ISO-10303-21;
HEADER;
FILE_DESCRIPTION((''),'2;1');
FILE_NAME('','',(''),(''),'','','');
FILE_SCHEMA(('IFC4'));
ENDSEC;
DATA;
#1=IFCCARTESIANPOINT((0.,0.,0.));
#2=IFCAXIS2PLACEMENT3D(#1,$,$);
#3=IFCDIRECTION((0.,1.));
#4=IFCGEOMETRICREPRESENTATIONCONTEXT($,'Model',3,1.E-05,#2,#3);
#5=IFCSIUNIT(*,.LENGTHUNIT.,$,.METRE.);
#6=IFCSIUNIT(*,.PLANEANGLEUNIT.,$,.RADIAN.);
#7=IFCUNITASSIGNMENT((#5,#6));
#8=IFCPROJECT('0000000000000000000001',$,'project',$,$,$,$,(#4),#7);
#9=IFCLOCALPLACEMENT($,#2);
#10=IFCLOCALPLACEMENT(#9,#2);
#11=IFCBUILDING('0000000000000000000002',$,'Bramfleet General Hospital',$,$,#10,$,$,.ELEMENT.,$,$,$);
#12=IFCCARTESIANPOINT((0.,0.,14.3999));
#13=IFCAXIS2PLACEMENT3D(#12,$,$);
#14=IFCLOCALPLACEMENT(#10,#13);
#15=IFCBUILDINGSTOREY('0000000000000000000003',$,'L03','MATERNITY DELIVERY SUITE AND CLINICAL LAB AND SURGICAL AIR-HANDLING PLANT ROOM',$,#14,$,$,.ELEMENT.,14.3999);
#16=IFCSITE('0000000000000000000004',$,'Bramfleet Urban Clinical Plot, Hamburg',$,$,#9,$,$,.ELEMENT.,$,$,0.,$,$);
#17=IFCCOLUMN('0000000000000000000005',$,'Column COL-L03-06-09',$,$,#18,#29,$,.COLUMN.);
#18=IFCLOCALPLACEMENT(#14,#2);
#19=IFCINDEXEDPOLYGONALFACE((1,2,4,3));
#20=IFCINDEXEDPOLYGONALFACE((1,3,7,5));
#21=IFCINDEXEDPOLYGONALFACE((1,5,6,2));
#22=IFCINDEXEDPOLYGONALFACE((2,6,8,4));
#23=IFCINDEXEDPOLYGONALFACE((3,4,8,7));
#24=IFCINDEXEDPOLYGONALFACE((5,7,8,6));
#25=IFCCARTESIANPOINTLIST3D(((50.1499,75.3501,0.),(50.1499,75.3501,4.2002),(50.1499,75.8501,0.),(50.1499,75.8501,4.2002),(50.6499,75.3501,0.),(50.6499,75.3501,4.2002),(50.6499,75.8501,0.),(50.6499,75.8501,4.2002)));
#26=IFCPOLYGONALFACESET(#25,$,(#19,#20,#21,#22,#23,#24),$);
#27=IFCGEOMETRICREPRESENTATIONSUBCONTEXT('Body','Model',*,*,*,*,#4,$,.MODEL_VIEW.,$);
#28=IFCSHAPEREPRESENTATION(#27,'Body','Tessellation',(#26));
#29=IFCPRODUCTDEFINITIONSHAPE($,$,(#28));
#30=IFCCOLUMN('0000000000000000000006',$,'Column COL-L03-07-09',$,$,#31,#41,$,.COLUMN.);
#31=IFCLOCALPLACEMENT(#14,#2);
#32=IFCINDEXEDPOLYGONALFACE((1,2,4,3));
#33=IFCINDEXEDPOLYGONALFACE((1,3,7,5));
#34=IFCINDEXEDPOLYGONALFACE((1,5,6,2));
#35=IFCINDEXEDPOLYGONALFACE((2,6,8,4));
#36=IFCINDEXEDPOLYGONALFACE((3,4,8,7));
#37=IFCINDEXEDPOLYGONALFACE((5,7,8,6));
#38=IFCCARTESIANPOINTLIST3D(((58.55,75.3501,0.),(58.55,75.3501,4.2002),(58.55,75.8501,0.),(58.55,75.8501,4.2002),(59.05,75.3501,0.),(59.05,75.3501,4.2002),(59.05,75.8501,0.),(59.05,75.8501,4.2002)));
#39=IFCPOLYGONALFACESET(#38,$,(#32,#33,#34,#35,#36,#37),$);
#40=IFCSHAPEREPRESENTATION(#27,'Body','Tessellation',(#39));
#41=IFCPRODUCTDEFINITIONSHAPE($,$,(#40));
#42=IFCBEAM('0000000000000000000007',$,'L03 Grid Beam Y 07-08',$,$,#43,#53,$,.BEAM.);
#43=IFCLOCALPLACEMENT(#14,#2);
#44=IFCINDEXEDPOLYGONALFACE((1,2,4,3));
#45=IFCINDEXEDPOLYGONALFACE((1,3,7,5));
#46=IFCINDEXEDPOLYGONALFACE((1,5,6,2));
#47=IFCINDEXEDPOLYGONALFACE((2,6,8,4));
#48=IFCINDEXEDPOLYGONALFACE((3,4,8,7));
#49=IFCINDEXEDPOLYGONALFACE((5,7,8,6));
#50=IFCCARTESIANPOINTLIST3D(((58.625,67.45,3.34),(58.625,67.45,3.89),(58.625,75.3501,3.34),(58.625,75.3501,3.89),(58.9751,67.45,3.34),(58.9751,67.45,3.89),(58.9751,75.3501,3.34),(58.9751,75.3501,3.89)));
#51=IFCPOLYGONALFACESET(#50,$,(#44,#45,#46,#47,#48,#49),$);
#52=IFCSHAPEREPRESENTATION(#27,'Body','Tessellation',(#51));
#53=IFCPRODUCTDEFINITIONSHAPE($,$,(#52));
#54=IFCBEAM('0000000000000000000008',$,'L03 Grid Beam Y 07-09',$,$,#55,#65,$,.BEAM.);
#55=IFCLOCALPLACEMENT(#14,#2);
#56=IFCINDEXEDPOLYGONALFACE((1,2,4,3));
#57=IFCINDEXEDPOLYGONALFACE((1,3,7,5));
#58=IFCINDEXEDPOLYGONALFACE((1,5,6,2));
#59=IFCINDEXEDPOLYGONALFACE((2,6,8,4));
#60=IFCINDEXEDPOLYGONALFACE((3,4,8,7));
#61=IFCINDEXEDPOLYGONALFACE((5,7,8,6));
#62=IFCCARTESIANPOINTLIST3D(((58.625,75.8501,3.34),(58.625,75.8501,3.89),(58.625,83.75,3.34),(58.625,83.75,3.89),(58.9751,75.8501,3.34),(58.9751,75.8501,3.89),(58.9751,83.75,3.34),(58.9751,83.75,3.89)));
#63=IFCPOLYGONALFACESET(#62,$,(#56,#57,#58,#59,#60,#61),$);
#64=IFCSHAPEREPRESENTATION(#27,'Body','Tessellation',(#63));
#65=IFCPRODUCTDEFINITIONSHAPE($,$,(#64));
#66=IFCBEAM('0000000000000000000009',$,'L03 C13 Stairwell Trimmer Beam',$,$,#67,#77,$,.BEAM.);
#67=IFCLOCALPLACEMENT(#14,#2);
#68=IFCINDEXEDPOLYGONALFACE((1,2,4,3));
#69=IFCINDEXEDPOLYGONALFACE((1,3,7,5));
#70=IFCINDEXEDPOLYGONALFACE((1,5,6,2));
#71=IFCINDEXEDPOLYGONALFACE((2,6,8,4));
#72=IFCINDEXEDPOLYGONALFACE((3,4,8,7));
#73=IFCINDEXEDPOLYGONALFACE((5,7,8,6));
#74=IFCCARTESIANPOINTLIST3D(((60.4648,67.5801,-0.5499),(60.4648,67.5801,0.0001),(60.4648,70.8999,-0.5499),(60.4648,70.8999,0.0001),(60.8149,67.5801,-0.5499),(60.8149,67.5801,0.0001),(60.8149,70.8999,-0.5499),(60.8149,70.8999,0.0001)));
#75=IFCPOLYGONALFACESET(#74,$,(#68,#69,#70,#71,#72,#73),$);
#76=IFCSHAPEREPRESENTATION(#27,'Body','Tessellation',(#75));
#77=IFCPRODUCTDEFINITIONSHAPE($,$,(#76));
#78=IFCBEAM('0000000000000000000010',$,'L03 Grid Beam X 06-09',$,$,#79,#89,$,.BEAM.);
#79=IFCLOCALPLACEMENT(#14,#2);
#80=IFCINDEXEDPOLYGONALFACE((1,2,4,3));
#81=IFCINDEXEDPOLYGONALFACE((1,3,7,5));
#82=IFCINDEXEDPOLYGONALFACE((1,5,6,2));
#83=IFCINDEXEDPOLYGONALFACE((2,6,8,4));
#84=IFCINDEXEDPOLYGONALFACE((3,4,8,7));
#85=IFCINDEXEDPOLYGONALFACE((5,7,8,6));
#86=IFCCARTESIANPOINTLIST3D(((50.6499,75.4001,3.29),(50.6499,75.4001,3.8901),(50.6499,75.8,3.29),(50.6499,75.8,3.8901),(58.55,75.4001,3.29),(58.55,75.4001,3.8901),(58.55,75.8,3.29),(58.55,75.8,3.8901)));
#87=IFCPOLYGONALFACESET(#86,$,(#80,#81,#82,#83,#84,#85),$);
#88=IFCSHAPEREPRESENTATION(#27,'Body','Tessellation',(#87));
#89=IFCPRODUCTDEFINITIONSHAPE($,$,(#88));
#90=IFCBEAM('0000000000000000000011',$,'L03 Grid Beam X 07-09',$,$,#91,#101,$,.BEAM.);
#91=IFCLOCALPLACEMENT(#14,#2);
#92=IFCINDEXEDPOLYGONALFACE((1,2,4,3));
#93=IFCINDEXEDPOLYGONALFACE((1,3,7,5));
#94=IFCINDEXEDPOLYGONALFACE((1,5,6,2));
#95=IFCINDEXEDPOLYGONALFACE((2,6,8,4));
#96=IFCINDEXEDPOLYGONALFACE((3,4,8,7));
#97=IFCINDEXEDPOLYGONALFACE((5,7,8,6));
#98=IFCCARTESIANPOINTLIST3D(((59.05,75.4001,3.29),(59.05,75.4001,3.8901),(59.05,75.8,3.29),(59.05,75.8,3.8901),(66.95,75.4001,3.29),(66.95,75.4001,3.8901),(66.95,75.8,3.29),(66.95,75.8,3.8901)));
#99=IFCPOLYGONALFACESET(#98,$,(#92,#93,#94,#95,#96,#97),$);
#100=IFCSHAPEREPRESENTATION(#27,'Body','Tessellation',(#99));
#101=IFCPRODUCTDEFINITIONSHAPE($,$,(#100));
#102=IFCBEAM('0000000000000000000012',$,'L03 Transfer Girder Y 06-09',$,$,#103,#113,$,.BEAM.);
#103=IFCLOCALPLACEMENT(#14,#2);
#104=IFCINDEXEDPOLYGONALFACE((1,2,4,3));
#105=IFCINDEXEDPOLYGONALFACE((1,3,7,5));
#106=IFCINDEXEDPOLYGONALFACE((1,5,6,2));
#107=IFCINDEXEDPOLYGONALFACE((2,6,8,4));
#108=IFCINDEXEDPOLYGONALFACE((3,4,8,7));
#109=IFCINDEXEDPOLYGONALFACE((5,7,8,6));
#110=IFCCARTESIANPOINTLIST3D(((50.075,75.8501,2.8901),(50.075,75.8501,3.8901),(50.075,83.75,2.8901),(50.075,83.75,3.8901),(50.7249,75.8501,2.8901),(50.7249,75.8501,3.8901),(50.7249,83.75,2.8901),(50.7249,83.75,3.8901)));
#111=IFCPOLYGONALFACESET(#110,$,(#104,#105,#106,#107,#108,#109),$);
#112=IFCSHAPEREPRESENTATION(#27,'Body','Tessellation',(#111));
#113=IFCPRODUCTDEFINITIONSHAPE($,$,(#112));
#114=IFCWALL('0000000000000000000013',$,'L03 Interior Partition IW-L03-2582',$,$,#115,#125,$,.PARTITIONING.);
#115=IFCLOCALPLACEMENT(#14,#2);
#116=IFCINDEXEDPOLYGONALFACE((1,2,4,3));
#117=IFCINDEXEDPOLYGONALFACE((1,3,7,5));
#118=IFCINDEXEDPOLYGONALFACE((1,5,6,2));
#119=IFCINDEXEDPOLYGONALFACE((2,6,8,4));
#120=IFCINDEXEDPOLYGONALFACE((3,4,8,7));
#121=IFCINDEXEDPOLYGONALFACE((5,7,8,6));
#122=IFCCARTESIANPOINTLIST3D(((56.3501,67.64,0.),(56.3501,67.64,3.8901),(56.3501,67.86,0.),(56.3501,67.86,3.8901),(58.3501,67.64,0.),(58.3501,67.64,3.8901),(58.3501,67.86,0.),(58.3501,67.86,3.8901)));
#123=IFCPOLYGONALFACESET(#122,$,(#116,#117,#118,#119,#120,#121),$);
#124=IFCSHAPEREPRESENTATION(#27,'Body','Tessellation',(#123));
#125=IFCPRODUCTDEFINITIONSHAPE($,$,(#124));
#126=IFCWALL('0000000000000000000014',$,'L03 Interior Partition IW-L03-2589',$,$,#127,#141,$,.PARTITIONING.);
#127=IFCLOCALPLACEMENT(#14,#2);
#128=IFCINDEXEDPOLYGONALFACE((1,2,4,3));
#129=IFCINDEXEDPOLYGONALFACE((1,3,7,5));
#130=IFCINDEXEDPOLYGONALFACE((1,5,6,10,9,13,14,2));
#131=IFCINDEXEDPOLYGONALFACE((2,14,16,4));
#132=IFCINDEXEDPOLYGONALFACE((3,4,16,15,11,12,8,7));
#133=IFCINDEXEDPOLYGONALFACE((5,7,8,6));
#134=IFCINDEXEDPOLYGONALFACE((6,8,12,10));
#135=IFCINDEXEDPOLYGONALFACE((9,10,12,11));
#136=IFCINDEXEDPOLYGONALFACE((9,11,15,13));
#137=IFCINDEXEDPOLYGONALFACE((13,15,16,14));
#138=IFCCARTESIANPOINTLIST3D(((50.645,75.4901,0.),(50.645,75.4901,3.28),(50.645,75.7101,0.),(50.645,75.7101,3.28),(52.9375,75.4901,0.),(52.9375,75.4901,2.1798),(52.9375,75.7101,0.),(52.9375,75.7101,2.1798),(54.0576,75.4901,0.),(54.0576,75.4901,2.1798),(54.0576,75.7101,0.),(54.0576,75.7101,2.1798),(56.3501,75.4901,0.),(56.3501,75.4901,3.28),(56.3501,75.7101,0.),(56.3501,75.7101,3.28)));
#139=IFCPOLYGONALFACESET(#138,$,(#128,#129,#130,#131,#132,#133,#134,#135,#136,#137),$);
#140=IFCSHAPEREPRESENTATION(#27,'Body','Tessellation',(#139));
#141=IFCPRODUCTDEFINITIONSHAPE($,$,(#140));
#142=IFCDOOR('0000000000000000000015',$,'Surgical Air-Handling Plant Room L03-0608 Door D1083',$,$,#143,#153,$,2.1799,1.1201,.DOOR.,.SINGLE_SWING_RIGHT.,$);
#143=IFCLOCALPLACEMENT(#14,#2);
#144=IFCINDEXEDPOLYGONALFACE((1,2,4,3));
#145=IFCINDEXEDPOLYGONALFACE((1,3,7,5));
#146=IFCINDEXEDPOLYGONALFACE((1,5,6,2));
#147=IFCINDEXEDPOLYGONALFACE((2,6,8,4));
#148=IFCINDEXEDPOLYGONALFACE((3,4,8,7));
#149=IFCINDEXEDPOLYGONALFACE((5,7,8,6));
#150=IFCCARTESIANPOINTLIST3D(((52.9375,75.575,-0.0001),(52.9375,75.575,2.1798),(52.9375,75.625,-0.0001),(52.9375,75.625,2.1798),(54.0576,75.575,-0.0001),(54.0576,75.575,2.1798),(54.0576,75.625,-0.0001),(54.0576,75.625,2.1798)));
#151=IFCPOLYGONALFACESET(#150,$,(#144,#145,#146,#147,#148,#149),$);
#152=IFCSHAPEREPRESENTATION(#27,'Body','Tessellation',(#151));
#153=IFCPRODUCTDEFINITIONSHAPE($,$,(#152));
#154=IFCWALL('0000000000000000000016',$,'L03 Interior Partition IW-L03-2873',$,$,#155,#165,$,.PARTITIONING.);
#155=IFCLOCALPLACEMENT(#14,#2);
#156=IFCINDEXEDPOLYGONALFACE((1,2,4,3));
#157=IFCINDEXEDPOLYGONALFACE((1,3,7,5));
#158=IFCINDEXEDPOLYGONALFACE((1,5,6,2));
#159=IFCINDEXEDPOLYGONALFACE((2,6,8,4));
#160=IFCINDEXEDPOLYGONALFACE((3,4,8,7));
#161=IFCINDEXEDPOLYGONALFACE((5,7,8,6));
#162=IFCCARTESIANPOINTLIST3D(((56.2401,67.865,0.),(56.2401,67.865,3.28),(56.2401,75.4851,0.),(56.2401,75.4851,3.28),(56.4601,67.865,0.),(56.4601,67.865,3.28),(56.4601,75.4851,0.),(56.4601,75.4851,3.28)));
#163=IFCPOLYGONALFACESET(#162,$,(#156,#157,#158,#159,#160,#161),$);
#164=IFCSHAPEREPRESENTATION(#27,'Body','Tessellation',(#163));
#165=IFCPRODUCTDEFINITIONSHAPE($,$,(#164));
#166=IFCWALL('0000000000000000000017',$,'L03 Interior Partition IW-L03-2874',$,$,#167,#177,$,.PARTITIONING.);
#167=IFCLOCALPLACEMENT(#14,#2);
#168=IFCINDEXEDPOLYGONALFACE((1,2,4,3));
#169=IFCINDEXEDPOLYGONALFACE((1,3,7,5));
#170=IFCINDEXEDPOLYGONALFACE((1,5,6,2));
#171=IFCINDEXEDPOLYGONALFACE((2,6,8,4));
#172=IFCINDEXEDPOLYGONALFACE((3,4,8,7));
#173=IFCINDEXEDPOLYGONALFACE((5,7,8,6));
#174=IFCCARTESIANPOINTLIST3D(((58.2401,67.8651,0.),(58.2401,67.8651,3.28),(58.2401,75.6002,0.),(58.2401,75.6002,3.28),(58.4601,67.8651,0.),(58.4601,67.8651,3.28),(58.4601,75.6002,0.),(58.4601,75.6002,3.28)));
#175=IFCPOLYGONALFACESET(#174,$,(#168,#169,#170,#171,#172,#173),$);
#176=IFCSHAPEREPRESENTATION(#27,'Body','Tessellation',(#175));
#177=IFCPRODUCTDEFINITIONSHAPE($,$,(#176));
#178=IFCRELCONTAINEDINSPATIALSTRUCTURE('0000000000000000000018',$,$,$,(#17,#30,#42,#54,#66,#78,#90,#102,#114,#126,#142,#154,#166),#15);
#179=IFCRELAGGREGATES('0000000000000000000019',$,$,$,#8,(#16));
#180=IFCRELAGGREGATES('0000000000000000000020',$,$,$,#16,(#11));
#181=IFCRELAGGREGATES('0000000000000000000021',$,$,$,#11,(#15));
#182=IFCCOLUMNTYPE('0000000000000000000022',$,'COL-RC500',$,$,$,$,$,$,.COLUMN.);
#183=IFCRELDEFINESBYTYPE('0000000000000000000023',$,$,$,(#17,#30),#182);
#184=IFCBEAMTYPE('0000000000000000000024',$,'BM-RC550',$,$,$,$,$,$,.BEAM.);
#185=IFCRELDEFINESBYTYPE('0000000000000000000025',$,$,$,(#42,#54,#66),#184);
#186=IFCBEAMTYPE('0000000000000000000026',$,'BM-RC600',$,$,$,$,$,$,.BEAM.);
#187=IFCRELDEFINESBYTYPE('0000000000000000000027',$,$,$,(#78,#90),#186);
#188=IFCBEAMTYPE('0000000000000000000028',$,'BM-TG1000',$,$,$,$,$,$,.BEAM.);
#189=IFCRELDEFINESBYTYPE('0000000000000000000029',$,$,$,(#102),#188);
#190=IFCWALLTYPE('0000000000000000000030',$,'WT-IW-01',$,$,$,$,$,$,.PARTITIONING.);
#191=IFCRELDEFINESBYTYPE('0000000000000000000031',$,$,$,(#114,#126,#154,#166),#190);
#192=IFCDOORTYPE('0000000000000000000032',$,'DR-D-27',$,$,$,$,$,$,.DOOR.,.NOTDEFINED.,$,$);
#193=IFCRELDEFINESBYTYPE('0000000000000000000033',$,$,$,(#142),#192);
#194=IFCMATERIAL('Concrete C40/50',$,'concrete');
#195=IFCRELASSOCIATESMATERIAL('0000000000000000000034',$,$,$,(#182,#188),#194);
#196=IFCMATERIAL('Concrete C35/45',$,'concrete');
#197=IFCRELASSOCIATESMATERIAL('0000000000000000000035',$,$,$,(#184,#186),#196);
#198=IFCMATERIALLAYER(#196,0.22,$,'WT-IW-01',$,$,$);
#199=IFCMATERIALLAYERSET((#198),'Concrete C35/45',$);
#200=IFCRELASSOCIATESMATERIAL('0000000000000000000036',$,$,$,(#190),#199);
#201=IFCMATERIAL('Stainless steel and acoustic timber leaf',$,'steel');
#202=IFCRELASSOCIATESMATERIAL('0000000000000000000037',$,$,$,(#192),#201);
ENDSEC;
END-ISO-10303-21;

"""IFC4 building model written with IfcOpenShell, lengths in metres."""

from ifc_helpers import new_model, si_unit, direction, frame, frame_2d, origin, origin_2d, place, context, subcontext, project, spatial, rectangle, extrude, material, layer, layer_set, material_profile, profile_set, type_object, element, fill, save


model = new_model("IFC4")

# Units and contexts
model_context = context("Model", 3, precision=1e-05, world=origin(), true_north=direction((0.0, 1.0)))
body_context = subcontext(model_context, "Body", "Model", "MODEL_VIEW")
ifc_project = project(units=[si_unit("LENGTHUNIT", "METRE"), si_unit("PLANEANGLEUNIT", "RADIAN")], contexts=[model_context])

# Site, building, storey
site_placement = place(None, origin())
site = spatial("IfcSite", under=ifc_project, at=site_placement, Name="Bramfleet Urban Clinical Plot, Hamburg", CompositionType="ELEMENT", RefElevation=0.0)
building_placement = place(site_placement, origin())
building = spatial("IfcBuilding", under=site, at=building_placement, Name="Bramfleet General Hospital", CompositionType="ELEMENT")
storey_placement = place(building_placement, frame((0.0, 0.0, 14.3999)))
storey = spatial("IfcBuildingStorey", under=building, at=storey_placement, Name="L03", Description="MATERNITY DELIVERY SUITE AND CLINICAL LAB AND SURGICAL AIR-HANDLING PLANT ROOM", CompositionType="ELEMENT", Elevation=14.3999)

# Columns
ifc_material_1 = material(Name="Concrete C40/50", Category="concrete")
ifc_material_profile_1 = material_profile(ifc_material_1, rectangle(XDim=0.5, YDim=0.5, at=origin_2d()), Name="RC COL 500x500")
ifc_profile_set_1 = profile_set([ifc_material_profile_1], Name="Concrete C40/50")
column_type = type_object("IfcColumnType", Name="COL-RC500", PredefinedType="COLUMN", material=ifc_profile_set_1)
for number, where, z_axis, x_axis, name in (
    (1, (50.3999, 75.6001, 0.0), (0.0, 0.0, 1.0), (1.0, 0.0, 0.0), "Column COL-L03-06-09"),
    (2, (58.8, 75.6001, 0.0), (0.0, 0.0, 1.0), (1.0, 0.0, 0.0), "Column COL-L03-07-09"),
):
    element("IfcColumn", number, at=place(storey_placement, frame(where, z_axis=z_axis, x_axis=x_axis)), inside=storey, type_object=column_type, Name=name, PredefinedType="COLUMN", context=body_context, shape_type="SweptSolid", body=[
        extrude(rectangle(XDim=0.5, YDim=0.5, at=origin_2d()), origin(), (0.0, 0.0, 1.0), 4.2002),
    ])

# Beams
ifc_material_2 = material(Name="Concrete C35/45", Category="concrete")
ifc_material_profile_2 = material_profile(ifc_material_2, rectangle(XDim=0.3501, YDim=0.55, at=origin_2d()), Name="RC BM 550x350")
ifc_profile_set_2 = profile_set([ifc_material_profile_2], Name="Concrete C35/45")
beam_type_1 = type_object("IfcBeamType", Name="BM-RC550", PredefinedType="BEAM", material=ifc_profile_set_2)
beam_1_placement = place(storey_placement, frame((58.8, 67.45, 3.615), z_axis=(0.0, 1.0, 0.0), x_axis=(-1.0, 0.0, 0.0)))
element("IfcBeam", 3, at=beam_1_placement, inside=storey, type_object=beam_type_1, Name="L03 Grid Beam Y 07-08", PredefinedType="BEAM", context=body_context, shape_type="SweptSolid", body=[
    extrude(rectangle(XDim=0.3501, YDim=0.55, at=origin_2d()), origin(), (0.0, 0.0, 1.0), 7.9001),
])
beam_2_placement = place(storey_placement, frame((58.8, 75.8501, 3.615), z_axis=(0.0, 1.0, 0.0), x_axis=(-1.0, 0.0, 0.0)))
element("IfcBeam", 4, at=beam_2_placement, inside=storey, type_object=beam_type_1, Name="L03 Grid Beam Y 07-09", PredefinedType="BEAM", context=body_context, shape_type="SweptSolid", body=[
    extrude(rectangle(XDim=0.3501, YDim=0.55, at=origin_2d()), origin(), (0.0, 0.0, 1.0), 7.8999),
])
beam_3_placement = place(storey_placement, frame((60.6399, 67.5801, -0.2749), z_axis=(0.0, 1.0, 0.0), x_axis=(-1.0, 0.0, 0.0)))
element("IfcBeam", 5, at=beam_3_placement, inside=storey, type_object=beam_type_1, Name="L03 C13 Stairwell Trimmer Beam", PredefinedType="BEAM", context=body_context, shape_type="SweptSolid", body=[
    extrude(rectangle(XDim=0.3501, YDim=0.55, at=origin_2d()), origin(), (0.0, 0.0, 1.0), 3.3198),
])
ifc_material_profile_3 = material_profile(ifc_material_2, rectangle(XDim=0.3999, YDim=0.6001, at=origin_2d()), Name="RC BM 600x400")
ifc_profile_set_3 = profile_set([ifc_material_profile_3], Name="Concrete C35/45")
beam_type_2 = type_object("IfcBeamType", Name="BM-RC600", PredefinedType="BEAM", material=ifc_profile_set_3)
beam_4_placement = place(storey_placement, frame((50.6499, 75.6001, 3.5901), z_axis=(1.0, 0.0, 0.0), x_axis=(0.0, 1.0, 0.0)))
element("IfcBeam", 6, at=beam_4_placement, inside=storey, type_object=beam_type_2, Name="L03 Grid Beam X 06-09", PredefinedType="BEAM", context=body_context, shape_type="SweptSolid", body=[
    extrude(rectangle(XDim=0.3999, YDim=0.6001, at=origin_2d()), origin(), (0.0, 0.0, 1.0), 7.9001),
])
beam_5_placement = place(storey_placement, frame((59.05, 75.6001, 3.5901), z_axis=(1.0, 0.0, 0.0), x_axis=(0.0, 1.0, 0.0)))
element("IfcBeam", 7, at=beam_5_placement, inside=storey, type_object=beam_type_2, Name="L03 Grid Beam X 07-09", PredefinedType="BEAM", context=body_context, shape_type="SweptSolid", body=[
    extrude(rectangle(XDim=0.3999, YDim=0.6001, at=origin_2d()), origin(), (0.0, 0.0, 1.0), 7.8999),
])
ifc_material_profile_4 = material_profile(ifc_material_1, rectangle(XDim=0.6499, YDim=1.0, at=origin_2d()), Name="RC TG 1000x650")
ifc_profile_set_4 = profile_set([ifc_material_profile_4], Name="Concrete C40/50")
beam_type_3 = type_object("IfcBeamType", Name="BM-TG1000", PredefinedType="BEAM", material=ifc_profile_set_4)
beam_6_placement = place(storey_placement, frame((50.3999, 75.8501, 3.3901), z_axis=(0.0, 1.0, 0.0), x_axis=(-1.0, 0.0, 0.0)))
element("IfcBeam", 8, at=beam_6_placement, inside=storey, type_object=beam_type_3, Name="L03 Transfer Girder Y 06-09", PredefinedType="BEAM", context=body_context, shape_type="SweptSolid", body=[
    extrude(rectangle(XDim=0.6499, YDim=1.0, at=origin_2d()), origin(), (0.0, 0.0, 1.0), 7.8999),
])

# Wall
ifc_layer_1 = layer(ifc_material_2, 0.22, Name="WT-IW-01")
ifc_layer_set_1 = layer_set([ifc_layer_1], Name="Concrete C35/45")
wall_type_1 = type_object("IfcWallType", Name="WT-IW-01", PredefinedType="PARTITIONING", material=ifc_layer_set_1)
wall_1_placement = place(storey_placement, frame((56.3501, 67.75, 0.0), z_axis=(0.0, 0.0, 1.0), x_axis=(1.0, 0.0, 0.0)))
element("IfcWall", 9, at=wall_1_placement, inside=storey, type_object=wall_type_1, Name="L03 Interior Partition IW-L03-2582", PredefinedType="PARTITIONING", context=body_context, shape_type="SweptSolid", body=[
    extrude(rectangle(XDim=2.0, YDim=0.22, at=frame_2d((1.0, 0.0))), origin(), (0.0, 0.0, 1.0), 3.8901),
])

# Wall, opening, door
wall_2_placement = place(storey_placement, frame((50.645, 75.6001, 0.0), z_axis=(0.0, 0.0, 1.0), x_axis=(1.0, 0.0, 0.0)))
wall_2 = element("IfcWall", 10, at=wall_2_placement, inside=storey, type_object=wall_type_1, Name="L03 Interior Partition IW-L03-2589", PredefinedType="PARTITIONING", context=body_context, shape_type="SweptSolid", body=[
    extrude(rectangle(XDim=5.7051, YDim=0.22, at=frame_2d((2.8525, 0.0))), origin(), (0.0, 0.0, 1.0), 3.28),
])
opening_1_placement = place(wall_2_placement, frame((2.2925, 0.0, 0.0)))
opening_1 = element("IfcOpeningElement", 11, at=opening_1_placement, cuts=wall_2, PredefinedType="OPENING", context=body_context, shape_type="SweptSolid", body=[
    extrude(rectangle(XDim=1.1201, YDim=2.1799, at=frame_2d((0.5601, 1.0898))), frame((0.0, 0.1199, 0.0), z_axis=(0.0, -1.0, 0.0), x_axis=(1.0, 0.0, 0.0)), (0.0, 0.0, 1.0), 0.24),
])
ifc_material_3 = material(Name="Stainless steel and acoustic timber leaf", Category="steel")
door_type_1 = type_object("IfcDoorType", Name="DR-D-27", OperationType="NOTDEFINED", PredefinedType="DOOR", material=ifc_material_3)
door_1_placement = place(opening_1_placement, origin())
door_1 = element("IfcDoor", 12, at=door_1_placement, inside=storey, type_object=door_type_1, Name="Surgical Air-Handling Plant Room L03-0608 Door D1083", OperationType="SINGLE_SWING_RIGHT", OverallHeight=2.1799, OverallWidth=1.1201, PredefinedType="DOOR", context=body_context, shape_type="SweptSolid", body=[
    extrude(rectangle(XDim=1.1201, YDim=2.1799, at=frame_2d((0.5601, 1.0898))), frame((0.0, 0.0249, 0.0), z_axis=(0.0, -1.0, 0.0), x_axis=(1.0, 0.0, 0.0)), (0.0, 0.0, 1.0), 0.05),
])
fill(opening_1, door_1)

# Walls
wall_3_placement = place(storey_placement, frame((56.3501, 67.865, 0.0), z_axis=(0.0, 0.0, 1.0), x_axis=(0.0, 1.0, 0.0)))
element("IfcWall", 13, at=wall_3_placement, inside=storey, type_object=wall_type_1, Name="L03 Interior Partition IW-L03-2873", PredefinedType="PARTITIONING", context=body_context, shape_type="SweptSolid", body=[
    extrude(rectangle(XDim=7.6201, YDim=0.22, at=frame_2d((3.8101, 0.0))), origin(), (0.0, 0.0, 1.0), 3.28),
])
wall_4_placement = place(storey_placement, frame((58.3501, 67.865, 0.0), z_axis=(0.0, 0.0, 1.0), x_axis=(0.0, 1.0, 0.0)))
element("IfcWall", 14, at=wall_4_placement, inside=storey, type_object=wall_type_1, Name="L03 Interior Partition IW-L03-2874", PredefinedType="PARTITIONING", context=body_context, shape_type="SweptSolid", body=[
    extrude(rectangle(XDim=7.7351, YDim=0.22, at=frame_2d((3.8677, 0.0))), origin(), (0.0, 0.0, 1.0), 3.28),
])

save(model, "model.ifc")
